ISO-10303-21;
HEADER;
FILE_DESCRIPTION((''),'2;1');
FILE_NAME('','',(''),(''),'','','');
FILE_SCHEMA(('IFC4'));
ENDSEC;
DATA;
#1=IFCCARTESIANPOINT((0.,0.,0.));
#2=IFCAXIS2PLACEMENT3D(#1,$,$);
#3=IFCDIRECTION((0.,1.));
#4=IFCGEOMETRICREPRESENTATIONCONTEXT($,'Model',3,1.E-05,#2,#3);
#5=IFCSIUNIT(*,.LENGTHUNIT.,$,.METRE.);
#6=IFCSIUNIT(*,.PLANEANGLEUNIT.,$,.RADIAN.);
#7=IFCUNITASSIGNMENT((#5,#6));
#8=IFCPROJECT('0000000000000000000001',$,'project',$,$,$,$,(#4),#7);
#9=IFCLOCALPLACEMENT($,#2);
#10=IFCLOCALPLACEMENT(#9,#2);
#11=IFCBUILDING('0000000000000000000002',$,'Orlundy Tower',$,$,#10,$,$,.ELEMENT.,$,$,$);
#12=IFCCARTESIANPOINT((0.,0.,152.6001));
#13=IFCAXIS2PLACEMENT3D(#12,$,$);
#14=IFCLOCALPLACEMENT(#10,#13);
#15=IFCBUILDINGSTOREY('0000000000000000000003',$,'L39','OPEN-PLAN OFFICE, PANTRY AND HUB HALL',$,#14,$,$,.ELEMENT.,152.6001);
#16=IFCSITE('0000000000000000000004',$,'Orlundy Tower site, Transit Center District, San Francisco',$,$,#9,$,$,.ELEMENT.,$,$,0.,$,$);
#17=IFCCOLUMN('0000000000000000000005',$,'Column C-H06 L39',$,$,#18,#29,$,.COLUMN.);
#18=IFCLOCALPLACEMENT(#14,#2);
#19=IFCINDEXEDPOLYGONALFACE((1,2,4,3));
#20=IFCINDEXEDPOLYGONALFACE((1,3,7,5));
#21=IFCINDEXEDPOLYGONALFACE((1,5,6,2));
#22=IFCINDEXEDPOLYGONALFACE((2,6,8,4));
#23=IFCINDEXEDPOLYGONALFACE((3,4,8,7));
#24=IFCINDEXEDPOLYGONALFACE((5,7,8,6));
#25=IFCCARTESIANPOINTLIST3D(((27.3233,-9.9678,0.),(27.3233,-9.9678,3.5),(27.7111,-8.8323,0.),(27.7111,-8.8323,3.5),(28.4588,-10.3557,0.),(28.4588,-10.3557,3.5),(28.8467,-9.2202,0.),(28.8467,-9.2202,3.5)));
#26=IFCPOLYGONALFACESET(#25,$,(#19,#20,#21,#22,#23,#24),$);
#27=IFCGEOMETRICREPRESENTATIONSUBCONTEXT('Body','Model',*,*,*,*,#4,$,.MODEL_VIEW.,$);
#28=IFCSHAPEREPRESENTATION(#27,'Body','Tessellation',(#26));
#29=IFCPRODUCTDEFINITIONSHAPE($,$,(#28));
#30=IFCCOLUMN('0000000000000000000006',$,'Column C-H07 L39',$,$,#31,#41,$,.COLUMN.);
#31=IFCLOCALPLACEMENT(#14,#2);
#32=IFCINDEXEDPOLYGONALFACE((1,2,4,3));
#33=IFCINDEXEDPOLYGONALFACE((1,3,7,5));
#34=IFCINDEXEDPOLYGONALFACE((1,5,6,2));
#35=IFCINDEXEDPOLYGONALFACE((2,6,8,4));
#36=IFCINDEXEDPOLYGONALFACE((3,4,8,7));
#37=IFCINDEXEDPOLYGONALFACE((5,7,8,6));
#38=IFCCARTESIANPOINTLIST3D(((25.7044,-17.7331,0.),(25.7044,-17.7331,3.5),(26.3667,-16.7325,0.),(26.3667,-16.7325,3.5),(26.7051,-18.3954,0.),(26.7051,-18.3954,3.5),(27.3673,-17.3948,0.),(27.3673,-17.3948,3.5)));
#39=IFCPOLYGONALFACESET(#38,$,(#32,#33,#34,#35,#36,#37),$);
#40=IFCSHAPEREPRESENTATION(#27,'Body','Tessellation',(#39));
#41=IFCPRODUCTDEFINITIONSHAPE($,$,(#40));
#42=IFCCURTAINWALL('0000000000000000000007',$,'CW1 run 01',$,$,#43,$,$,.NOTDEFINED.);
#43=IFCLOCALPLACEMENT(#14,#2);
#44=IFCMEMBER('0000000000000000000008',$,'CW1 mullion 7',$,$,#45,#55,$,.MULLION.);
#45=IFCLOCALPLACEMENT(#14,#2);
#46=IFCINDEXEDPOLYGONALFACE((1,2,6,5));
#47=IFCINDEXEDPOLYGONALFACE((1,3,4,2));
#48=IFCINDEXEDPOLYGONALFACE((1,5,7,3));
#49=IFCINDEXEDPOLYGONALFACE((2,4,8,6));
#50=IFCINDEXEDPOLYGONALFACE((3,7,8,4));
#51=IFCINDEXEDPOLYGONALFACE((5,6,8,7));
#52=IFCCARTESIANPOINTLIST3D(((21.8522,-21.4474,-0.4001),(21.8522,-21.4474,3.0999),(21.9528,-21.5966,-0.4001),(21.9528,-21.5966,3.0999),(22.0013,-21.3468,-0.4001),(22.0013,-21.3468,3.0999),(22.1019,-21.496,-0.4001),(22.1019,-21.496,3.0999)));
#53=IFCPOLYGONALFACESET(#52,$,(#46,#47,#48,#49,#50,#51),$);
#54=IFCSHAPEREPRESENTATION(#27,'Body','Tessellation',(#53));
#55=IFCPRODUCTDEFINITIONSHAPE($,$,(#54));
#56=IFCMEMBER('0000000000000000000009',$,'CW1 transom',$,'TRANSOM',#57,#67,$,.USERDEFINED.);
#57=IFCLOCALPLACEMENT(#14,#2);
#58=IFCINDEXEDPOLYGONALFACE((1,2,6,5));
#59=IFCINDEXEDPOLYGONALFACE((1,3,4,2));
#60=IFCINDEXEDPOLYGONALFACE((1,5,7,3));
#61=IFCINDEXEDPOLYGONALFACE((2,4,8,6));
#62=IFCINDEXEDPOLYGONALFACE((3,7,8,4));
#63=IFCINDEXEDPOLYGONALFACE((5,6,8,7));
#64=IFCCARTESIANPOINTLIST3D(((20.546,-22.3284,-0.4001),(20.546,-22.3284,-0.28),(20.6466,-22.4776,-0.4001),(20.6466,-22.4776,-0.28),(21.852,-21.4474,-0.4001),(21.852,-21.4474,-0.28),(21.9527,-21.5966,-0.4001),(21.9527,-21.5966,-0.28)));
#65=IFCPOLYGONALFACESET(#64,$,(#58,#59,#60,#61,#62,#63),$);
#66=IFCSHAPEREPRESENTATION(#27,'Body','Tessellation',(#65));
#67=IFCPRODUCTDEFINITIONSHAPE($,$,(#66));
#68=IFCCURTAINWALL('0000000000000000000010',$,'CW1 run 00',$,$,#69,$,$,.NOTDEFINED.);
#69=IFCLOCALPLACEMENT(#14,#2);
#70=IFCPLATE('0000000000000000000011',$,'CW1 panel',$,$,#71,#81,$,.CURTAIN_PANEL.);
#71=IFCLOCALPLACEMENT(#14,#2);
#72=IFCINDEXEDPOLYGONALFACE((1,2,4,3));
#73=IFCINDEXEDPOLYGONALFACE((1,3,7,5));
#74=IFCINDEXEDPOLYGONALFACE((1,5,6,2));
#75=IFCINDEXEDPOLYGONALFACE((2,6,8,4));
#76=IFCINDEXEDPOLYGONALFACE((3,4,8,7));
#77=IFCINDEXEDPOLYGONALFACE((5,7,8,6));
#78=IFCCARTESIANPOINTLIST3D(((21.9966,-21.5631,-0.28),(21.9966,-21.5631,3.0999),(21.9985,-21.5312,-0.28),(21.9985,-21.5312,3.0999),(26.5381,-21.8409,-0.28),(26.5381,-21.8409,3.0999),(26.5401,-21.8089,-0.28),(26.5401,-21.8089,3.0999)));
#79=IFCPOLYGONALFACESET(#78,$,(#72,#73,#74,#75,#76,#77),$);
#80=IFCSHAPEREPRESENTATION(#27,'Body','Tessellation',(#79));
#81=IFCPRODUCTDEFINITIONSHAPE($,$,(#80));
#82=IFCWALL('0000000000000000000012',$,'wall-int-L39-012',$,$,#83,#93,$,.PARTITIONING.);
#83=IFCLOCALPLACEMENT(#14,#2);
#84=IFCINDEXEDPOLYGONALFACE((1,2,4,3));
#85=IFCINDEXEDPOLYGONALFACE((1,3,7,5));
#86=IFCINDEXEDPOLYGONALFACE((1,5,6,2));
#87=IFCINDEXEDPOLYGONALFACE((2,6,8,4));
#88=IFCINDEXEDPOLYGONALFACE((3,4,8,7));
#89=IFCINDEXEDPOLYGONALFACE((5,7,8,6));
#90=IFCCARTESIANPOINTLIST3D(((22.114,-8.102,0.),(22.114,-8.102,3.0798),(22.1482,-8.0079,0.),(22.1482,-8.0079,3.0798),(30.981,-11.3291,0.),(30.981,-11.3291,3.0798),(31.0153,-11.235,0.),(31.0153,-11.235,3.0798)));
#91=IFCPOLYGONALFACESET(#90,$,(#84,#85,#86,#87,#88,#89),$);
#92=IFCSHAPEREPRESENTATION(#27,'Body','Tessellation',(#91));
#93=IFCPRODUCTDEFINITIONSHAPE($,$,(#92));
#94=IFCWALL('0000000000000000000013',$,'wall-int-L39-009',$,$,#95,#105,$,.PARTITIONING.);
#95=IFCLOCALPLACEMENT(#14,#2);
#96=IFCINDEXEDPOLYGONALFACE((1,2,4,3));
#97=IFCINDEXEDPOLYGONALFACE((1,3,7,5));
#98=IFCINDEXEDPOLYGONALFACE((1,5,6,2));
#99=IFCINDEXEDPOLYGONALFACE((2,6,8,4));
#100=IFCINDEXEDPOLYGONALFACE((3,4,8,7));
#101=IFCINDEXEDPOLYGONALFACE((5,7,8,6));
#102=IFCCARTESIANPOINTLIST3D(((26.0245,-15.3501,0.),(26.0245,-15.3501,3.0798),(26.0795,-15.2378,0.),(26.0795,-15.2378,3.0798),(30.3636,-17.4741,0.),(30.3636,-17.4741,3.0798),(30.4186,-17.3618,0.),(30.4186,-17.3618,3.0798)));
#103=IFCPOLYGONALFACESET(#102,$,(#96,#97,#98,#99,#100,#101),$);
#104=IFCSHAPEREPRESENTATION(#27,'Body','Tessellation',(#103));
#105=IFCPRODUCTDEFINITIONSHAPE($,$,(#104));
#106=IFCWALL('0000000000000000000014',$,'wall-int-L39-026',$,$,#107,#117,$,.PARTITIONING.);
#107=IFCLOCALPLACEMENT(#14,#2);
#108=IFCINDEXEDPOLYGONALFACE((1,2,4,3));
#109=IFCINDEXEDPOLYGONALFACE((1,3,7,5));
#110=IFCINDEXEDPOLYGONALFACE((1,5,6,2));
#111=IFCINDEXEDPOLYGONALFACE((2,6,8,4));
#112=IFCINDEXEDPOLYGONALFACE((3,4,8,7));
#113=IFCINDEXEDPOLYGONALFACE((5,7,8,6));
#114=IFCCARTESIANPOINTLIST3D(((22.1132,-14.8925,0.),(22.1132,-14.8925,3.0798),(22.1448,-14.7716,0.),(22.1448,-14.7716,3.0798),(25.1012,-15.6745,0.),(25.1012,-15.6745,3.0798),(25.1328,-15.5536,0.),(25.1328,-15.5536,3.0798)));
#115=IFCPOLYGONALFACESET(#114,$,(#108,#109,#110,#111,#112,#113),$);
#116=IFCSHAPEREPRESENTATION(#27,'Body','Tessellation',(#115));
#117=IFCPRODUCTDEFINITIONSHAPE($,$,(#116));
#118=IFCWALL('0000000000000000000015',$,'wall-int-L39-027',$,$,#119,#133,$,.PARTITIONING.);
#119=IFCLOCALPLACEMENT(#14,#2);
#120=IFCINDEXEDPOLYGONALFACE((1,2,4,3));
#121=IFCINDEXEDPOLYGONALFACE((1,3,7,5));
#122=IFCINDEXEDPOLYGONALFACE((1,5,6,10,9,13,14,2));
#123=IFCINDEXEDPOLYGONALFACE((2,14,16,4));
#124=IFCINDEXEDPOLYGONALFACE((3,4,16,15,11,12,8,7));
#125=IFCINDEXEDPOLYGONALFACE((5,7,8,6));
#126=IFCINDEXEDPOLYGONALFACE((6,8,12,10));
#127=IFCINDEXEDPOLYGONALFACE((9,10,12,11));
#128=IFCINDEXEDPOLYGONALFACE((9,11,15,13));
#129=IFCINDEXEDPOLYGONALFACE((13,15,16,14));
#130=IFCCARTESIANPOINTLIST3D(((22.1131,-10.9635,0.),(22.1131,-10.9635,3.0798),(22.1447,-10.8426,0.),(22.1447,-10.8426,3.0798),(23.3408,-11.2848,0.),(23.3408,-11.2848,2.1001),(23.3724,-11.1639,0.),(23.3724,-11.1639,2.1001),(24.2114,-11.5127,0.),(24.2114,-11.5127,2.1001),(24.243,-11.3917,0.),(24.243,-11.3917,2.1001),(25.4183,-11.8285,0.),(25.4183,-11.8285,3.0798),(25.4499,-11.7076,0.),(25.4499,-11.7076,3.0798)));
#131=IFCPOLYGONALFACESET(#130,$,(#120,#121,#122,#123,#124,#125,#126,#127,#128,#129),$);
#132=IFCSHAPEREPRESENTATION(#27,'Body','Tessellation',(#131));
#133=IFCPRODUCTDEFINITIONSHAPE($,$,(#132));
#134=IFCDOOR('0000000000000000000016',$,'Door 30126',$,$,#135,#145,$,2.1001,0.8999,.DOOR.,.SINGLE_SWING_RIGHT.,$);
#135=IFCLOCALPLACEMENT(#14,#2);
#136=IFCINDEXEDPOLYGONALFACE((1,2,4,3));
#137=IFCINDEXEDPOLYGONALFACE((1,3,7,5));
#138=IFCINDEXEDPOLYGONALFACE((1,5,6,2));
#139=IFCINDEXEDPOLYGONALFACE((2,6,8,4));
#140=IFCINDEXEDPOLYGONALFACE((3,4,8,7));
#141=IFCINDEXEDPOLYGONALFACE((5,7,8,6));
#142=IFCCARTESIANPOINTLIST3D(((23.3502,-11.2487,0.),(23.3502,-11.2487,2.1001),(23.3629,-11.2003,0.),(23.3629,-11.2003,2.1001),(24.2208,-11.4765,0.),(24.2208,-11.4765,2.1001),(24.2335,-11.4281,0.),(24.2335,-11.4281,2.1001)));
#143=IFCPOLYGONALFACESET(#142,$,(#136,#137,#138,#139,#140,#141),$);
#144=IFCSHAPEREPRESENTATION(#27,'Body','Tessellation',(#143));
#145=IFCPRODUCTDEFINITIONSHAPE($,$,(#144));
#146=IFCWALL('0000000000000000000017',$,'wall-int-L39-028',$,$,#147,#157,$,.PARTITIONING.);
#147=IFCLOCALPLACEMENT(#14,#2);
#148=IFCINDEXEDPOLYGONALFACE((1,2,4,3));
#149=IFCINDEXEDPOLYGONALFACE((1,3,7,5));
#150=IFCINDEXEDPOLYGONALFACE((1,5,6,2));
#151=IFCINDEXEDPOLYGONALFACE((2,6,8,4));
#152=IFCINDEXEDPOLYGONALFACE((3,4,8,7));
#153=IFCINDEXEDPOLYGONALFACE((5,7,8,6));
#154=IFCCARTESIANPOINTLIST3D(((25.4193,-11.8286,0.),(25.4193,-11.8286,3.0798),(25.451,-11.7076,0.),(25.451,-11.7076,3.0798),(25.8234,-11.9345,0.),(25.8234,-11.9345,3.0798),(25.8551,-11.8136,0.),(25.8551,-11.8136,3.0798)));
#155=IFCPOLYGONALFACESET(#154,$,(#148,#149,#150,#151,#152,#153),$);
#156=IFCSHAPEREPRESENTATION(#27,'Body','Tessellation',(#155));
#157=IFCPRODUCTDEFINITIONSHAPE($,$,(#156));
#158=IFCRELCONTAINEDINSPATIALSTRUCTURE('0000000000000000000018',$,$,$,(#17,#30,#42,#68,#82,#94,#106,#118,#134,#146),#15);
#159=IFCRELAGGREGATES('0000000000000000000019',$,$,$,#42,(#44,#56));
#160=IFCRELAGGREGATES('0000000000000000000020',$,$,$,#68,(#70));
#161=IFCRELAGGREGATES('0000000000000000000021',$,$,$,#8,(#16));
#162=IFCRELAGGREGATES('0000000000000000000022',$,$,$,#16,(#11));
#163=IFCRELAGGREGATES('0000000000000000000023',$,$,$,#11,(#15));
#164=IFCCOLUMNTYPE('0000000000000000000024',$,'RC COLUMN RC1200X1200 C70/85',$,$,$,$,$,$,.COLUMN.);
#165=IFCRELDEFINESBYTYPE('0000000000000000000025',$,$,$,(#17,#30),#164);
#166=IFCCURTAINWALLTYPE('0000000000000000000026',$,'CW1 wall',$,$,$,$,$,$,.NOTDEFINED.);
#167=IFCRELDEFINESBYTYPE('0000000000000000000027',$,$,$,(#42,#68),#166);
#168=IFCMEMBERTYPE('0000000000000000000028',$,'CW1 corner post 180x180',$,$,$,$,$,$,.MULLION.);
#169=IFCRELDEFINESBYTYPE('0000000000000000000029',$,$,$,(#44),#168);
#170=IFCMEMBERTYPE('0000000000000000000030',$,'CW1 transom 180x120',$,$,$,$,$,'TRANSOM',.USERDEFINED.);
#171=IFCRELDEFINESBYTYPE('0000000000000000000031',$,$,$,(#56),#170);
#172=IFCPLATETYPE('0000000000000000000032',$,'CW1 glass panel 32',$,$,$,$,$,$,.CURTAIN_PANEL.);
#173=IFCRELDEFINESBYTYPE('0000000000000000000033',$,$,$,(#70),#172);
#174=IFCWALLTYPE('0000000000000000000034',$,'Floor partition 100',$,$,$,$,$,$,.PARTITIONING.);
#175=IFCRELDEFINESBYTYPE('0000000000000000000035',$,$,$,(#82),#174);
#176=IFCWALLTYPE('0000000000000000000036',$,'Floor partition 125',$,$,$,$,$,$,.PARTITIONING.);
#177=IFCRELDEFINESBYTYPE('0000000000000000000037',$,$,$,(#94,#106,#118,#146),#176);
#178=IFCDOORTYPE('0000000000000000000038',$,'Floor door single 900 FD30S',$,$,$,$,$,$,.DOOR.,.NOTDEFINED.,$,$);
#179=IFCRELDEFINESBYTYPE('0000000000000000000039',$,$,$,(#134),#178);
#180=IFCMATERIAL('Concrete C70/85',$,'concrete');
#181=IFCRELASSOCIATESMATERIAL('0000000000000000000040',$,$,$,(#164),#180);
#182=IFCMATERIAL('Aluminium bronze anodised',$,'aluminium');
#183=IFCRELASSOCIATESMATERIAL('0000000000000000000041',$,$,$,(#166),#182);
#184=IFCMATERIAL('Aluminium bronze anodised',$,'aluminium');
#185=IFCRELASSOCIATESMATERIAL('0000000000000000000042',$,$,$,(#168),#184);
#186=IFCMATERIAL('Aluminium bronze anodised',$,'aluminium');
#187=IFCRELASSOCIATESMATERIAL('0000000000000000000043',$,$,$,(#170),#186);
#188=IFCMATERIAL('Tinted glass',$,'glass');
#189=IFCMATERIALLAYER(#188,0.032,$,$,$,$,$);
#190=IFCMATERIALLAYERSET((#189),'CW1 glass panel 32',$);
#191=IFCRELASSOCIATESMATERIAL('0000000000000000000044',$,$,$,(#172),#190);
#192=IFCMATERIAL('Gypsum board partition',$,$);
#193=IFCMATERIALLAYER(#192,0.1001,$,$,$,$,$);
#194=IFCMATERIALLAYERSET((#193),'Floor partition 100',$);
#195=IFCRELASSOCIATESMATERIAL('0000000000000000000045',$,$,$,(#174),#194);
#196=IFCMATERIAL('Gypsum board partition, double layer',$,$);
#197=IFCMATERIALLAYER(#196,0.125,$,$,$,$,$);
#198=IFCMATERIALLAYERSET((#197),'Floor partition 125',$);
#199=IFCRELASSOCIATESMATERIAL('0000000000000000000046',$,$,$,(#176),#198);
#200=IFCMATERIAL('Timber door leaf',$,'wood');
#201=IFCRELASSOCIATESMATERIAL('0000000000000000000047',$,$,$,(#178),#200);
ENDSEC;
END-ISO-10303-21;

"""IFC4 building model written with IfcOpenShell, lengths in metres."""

from ifc_helpers import new_model, si_unit, direction, frame, frame_2d, origin, origin_2d, place, context, subcontext, project, spatial, rectangle, extrude, material, layer, layer_set, material_profile, profile_set, type_object, element, fill, aggregate, save


model = new_model("IFC4")

# Units and contexts
model_context = context("Model", 3, precision=1e-05, world=origin(), true_north=direction((0.0, 1.0)))
body_context = subcontext(model_context, "Body", "Model", "MODEL_VIEW")
ifc_project = project(units=[si_unit("LENGTHUNIT", "METRE"), si_unit("PLANEANGLEUNIT", "RADIAN")], contexts=[model_context])

# Site, building, storey
site_placement = place(None, origin())
site = spatial("IfcSite", under=ifc_project, at=site_placement, Name="Orlundy Tower site, Transit Center District, San Francisco", CompositionType="ELEMENT", RefElevation=0.0)
building_placement = place(site_placement, origin())
building = spatial("IfcBuilding", under=site, at=building_placement, Name="Orlundy Tower", CompositionType="ELEMENT")
storey_placement = place(building_placement, frame((0.0, 0.0, 152.6001)))
storey = spatial("IfcBuildingStorey", under=building, at=storey_placement, Name="L39", Description="OPEN-PLAN OFFICE, PANTRY AND HUB HALL", CompositionType="ELEMENT", Elevation=152.6001)

# Columns
ifc_material_1 = material(Name="Concrete C70/85", Category="concrete")
ifc_material_profile_1 = material_profile(ifc_material_1, rectangle(XDim=1.2, YDim=1.2, at=origin_2d()), Name="RC1200X1200")
ifc_profile_set_1 = profile_set([ifc_material_profile_1], Name="Concrete C70/85")
column_type = type_object("IfcColumnType", Name="RC COLUMN RC1200X1200 C70/85", PredefinedType="COLUMN", material=ifc_profile_set_1)
for number, where, z_axis, x_axis, name in (
    (1, (28.085, -9.594, 0.0), (0.0, 0.0, 1.0), (0.946311, -0.323257, 0.0), "Column C-H06 L39"),
    (2, (26.5359, -17.564, 0.0), (0.0, 0.0, 1.0), (0.833886, -0.551937, 0.0), "Column C-H07 L39"),
):
    element("IfcColumn", number, at=place(storey_placement, frame(where, z_axis=z_axis, x_axis=x_axis)), inside=storey, type_object=column_type, Name=name, PredefinedType="COLUMN", context=body_context, shape_type="SweptSolid", body=[
        extrude(rectangle(XDim=1.2, YDim=1.2, at=origin_2d()), origin(), (0.0, 0.0, 1.0), 3.5),
    ])

# Curtain wall, members
ifc_material_2 = material(Name="Aluminium bronze anodised", Category="aluminium")
curtain_wall_type = type_object("IfcCurtainWallType", Name="CW1 wall", PredefinedType="NOTDEFINED", material=ifc_material_2)
curtain_wall_1_placement = place(storey_placement, origin())
curtain_wall_1 = element("IfcCurtainWall", 3, at=curtain_wall_1_placement, inside=storey, type_object=curtain_wall_type, Name="CW1 run 01", PredefinedType="NOTDEFINED")
ifc_material_3 = material(Name="Aluminium bronze anodised", Category="aluminium")
ifc_material_profile_2 = material_profile(ifc_material_3, rectangle(XDim=0.1799, YDim=0.1799, at=origin_2d()), Name="CW1 corner post 180x180")
ifc_profile_set_2 = profile_set([ifc_material_profile_2], Name="Aluminium bronze anodised")
member_type_1 = type_object("IfcMemberType", Name="CW1 corner post 180x180", PredefinedType="MULLION", material=ifc_profile_set_2)
member_1_placement = place(storey_placement, frame((21.9771, -21.4717, -0.4001), z_axis=(0.0, 0.0, 1.0), x_axis=(0.559165, -0.829057, 0.0)))
member_1 = element("IfcMember", 4, at=member_1_placement, type_object=member_type_1, Name="CW1 mullion 7", PredefinedType="MULLION", context=body_context, shape_type="SweptSolid", body=[
    extrude(rectangle(XDim=0.1799, YDim=0.1799, at=origin_2d()), origin(), (0.0, 0.0, 1.0), 3.5),
])
ifc_material_4 = material(Name="Aluminium bronze anodised", Category="aluminium")
ifc_material_profile_3 = material_profile(ifc_material_4, rectangle(XDim=0.1799, YDim=0.1201, at=origin_2d()), Name="CW1 transom 180x120")
ifc_profile_set_3 = profile_set([ifc_material_profile_3], Name="Aluminium bronze anodised")
member_type_2 = type_object("IfcMemberType", Name="CW1 transom 180x120", ElementType="TRANSOM", PredefinedType="USERDEFINED", material=ifc_profile_set_3)
member_2_placement = place(storey_placement, frame((21.9023, -21.522, -0.3401), z_axis=(-0.82901, -0.559233, 0.0), x_axis=(0.559233, -0.82901, 0.0)))
member_2 = element("IfcMember", 5, at=member_2_placement, type_object=member_type_2, Name="CW1 transom", ObjectType="TRANSOM", PredefinedType="USERDEFINED", context=body_context, shape_type="SweptSolid", body=[
    extrude(rectangle(XDim=0.1799, YDim=0.1201, at=origin_2d()), origin(), (0.0, 0.0, 1.0), 1.5754),
])
aggregate(curtain_wall_1, [member_1, member_2])

# Curtain wall, plate
curtain_wall_2_placement = place(storey_placement, origin())
curtain_wall_2 = element("IfcCurtainWall", 6, at=curtain_wall_2_placement, inside=storey, type_object=curtain_wall_type, Name="CW1 run 00", PredefinedType="NOTDEFINED")
ifc_material_5 = material(Name="Tinted glass", Category="glass")
ifc_layer_1 = layer(ifc_material_5, 0.032)
ifc_layer_set_1 = layer_set([ifc_layer_1], Name="CW1 glass panel 32")
plate_type = type_object("IfcPlateType", Name="CW1 glass panel 32", PredefinedType="CURTAIN_PANEL", material=ifc_layer_set_1)
plate_placement = place(storey_placement, frame((24.2683, -21.686, -0.28), z_axis=(0.0, 0.0, 1.0), x_axis=(-0.998135, 0.061043, 0.0)))
plate = element("IfcPlate", 7, at=plate_placement, type_object=plate_type, Name="CW1 panel", PredefinedType="CURTAIN_PANEL", context=body_context, shape_type="SweptSolid", body=[
    extrude(rectangle(XDim=4.55, YDim=0.032, at=origin_2d()), origin(), (0.0, 0.0, 1.0), 3.3799),
])
aggregate(curtain_wall_2, [plate])

# Walls
ifc_material_6 = material(Name="Gypsum board partition")
ifc_layer_2 = layer(ifc_material_6, 0.1001)
ifc_layer_set_2 = layer_set([ifc_layer_2], Name="Floor partition 100")
wall_type_1 = type_object("IfcWallType", Name="Floor partition 100", PredefinedType="PARTITIONING", material=ifc_layer_set_2)
wall_1_placement = place(storey_placement, frame((22.1311, -8.0549, 0.0), z_axis=(0.0, 0.0, 1.0), x_axis=(0.939701, -0.341996, 0.0)))
element("IfcWall", 8, at=wall_1_placement, inside=storey, type_object=wall_type_1, Name="wall-int-L39-012", PredefinedType="PARTITIONING", context=body_context, shape_type="SweptSolid", body=[
    extrude(rectangle(XDim=9.436, YDim=0.1001, at=frame_2d((4.718, 0.0))), origin(), (0.0, 0.0, 1.0), 3.0798),
])
ifc_material_7 = material(Name="Gypsum board partition, double layer")
ifc_layer_3 = layer(ifc_material_7, 0.125)
ifc_layer_set_3 = layer_set([ifc_layer_3], Name="Floor partition 125")
wall_type_2 = type_object("IfcWallType", Name="Floor partition 125", PredefinedType="PARTITIONING", material=ifc_layer_set_3)
wall_2_placement = place(storey_placement, frame((26.052, -15.2939, 0.0), z_axis=(0.0, 0.0, 1.0), x_axis=(0.898165, -0.439658, 0.0)))
element("IfcWall", 9, at=wall_2_placement, inside=storey, type_object=wall_type_2, Name="wall-int-L39-009", PredefinedType="PARTITIONING", context=body_context, shape_type="SweptSolid", body=[
    extrude(rectangle(XDim=4.8311, YDim=0.125, at=frame_2d((2.4155, 0.0))), origin(), (0.0, 0.0, 1.0), 3.0798),
])
wall_3_placement = place(storey_placement, frame((22.1289, -14.832, 0.0), z_axis=(0.0, 0.0, 1.0), x_axis=(0.96742, -0.253178, 0.0)))
element("IfcWall", 10, at=wall_3_placement, inside=storey, type_object=wall_type_2, Name="wall-int-L39-026", PredefinedType="PARTITIONING", context=body_context, shape_type="SweptSolid", body=[
    extrude(rectangle(XDim=3.0886, YDim=0.125, at=frame_2d((1.5444, 0.0))), origin(), (0.0, 0.0, 1.0), 3.0798),
])

# Wall, opening, door
wall_4_placement = place(storey_placement, frame((22.1289, -10.9031, 0.0), z_axis=(0.0, 0.0, 1.0), x_axis=(0.967419, -0.253181, 0.0)))
wall_4 = element("IfcWall", 11, at=wall_4_placement, inside=storey, type_object=wall_type_2, Name="wall-int-L39-027", PredefinedType="PARTITIONING", context=body_context, shape_type="SweptSolid", body=[
    extrude(rectangle(XDim=3.4165, YDim=0.125, at=frame_2d((1.7083, 0.0))), origin(), (0.0, 0.0, 1.0), 3.0798),
])
opening_1_placement = place(wall_4_placement, frame((1.269, 0.0, 0.0)))
opening_1 = element("IfcOpeningElement", 12, at=opening_1_placement, cuts=wall_4, PredefinedType="OPENING", context=body_context, shape_type="SweptSolid", body=[
    extrude(rectangle(XDim=0.8999, YDim=2.1001, at=frame_2d((0.45, 1.05))), frame((0.0, 0.0725, 0.0), z_axis=(0.0, -1.0, 0.0), x_axis=(1.0, 0.0, 0.0)), (0.0, 0.0, 1.0), 0.145),
])
ifc_material_8 = material(Name="Timber door leaf", Category="wood")
door_type_1 = type_object("IfcDoorType", Name="Floor door single 900 FD30S", OperationType="NOTDEFINED", PredefinedType="DOOR", material=ifc_material_8)
door_1_placement = place(opening_1_placement, origin())
door_1 = element("IfcDoor", 13, at=door_1_placement, inside=storey, type_object=door_type_1, Name="Door 30126", OperationType="SINGLE_SWING_RIGHT", OverallHeight=2.1001, OverallWidth=0.8999, PredefinedType="DOOR", context=body_context, shape_type="SweptSolid", body=[
    extrude(rectangle(XDim=0.8999, YDim=2.1001, at=frame_2d((0.45, 1.05))), frame((0.0, 0.0249, 0.0), z_axis=(0.0, -1.0, 0.0), x_axis=(1.0, 0.0, 0.0)), (0.0, 0.0, 1.0), 0.05),
])
fill(opening_1, door_1)

# Wall
wall_5_placement = place(storey_placement, frame((25.4351, -11.7681, 0.0), z_axis=(0.0, 0.0, 1.0), x_axis=(0.967294, -0.253659, 0.0)))
element("IfcWall", 14, at=wall_5_placement, inside=storey, type_object=wall_type_2, Name="wall-int-L39-028", PredefinedType="PARTITIONING", context=body_context, shape_type="SweptSolid", body=[
    extrude(rectangle(XDim=0.4177, YDim=0.125, at=frame_2d((0.209, 0.0))), origin(), (0.0, 0.0, 1.0), 3.0798),
])

save(model, "model.ifc")
